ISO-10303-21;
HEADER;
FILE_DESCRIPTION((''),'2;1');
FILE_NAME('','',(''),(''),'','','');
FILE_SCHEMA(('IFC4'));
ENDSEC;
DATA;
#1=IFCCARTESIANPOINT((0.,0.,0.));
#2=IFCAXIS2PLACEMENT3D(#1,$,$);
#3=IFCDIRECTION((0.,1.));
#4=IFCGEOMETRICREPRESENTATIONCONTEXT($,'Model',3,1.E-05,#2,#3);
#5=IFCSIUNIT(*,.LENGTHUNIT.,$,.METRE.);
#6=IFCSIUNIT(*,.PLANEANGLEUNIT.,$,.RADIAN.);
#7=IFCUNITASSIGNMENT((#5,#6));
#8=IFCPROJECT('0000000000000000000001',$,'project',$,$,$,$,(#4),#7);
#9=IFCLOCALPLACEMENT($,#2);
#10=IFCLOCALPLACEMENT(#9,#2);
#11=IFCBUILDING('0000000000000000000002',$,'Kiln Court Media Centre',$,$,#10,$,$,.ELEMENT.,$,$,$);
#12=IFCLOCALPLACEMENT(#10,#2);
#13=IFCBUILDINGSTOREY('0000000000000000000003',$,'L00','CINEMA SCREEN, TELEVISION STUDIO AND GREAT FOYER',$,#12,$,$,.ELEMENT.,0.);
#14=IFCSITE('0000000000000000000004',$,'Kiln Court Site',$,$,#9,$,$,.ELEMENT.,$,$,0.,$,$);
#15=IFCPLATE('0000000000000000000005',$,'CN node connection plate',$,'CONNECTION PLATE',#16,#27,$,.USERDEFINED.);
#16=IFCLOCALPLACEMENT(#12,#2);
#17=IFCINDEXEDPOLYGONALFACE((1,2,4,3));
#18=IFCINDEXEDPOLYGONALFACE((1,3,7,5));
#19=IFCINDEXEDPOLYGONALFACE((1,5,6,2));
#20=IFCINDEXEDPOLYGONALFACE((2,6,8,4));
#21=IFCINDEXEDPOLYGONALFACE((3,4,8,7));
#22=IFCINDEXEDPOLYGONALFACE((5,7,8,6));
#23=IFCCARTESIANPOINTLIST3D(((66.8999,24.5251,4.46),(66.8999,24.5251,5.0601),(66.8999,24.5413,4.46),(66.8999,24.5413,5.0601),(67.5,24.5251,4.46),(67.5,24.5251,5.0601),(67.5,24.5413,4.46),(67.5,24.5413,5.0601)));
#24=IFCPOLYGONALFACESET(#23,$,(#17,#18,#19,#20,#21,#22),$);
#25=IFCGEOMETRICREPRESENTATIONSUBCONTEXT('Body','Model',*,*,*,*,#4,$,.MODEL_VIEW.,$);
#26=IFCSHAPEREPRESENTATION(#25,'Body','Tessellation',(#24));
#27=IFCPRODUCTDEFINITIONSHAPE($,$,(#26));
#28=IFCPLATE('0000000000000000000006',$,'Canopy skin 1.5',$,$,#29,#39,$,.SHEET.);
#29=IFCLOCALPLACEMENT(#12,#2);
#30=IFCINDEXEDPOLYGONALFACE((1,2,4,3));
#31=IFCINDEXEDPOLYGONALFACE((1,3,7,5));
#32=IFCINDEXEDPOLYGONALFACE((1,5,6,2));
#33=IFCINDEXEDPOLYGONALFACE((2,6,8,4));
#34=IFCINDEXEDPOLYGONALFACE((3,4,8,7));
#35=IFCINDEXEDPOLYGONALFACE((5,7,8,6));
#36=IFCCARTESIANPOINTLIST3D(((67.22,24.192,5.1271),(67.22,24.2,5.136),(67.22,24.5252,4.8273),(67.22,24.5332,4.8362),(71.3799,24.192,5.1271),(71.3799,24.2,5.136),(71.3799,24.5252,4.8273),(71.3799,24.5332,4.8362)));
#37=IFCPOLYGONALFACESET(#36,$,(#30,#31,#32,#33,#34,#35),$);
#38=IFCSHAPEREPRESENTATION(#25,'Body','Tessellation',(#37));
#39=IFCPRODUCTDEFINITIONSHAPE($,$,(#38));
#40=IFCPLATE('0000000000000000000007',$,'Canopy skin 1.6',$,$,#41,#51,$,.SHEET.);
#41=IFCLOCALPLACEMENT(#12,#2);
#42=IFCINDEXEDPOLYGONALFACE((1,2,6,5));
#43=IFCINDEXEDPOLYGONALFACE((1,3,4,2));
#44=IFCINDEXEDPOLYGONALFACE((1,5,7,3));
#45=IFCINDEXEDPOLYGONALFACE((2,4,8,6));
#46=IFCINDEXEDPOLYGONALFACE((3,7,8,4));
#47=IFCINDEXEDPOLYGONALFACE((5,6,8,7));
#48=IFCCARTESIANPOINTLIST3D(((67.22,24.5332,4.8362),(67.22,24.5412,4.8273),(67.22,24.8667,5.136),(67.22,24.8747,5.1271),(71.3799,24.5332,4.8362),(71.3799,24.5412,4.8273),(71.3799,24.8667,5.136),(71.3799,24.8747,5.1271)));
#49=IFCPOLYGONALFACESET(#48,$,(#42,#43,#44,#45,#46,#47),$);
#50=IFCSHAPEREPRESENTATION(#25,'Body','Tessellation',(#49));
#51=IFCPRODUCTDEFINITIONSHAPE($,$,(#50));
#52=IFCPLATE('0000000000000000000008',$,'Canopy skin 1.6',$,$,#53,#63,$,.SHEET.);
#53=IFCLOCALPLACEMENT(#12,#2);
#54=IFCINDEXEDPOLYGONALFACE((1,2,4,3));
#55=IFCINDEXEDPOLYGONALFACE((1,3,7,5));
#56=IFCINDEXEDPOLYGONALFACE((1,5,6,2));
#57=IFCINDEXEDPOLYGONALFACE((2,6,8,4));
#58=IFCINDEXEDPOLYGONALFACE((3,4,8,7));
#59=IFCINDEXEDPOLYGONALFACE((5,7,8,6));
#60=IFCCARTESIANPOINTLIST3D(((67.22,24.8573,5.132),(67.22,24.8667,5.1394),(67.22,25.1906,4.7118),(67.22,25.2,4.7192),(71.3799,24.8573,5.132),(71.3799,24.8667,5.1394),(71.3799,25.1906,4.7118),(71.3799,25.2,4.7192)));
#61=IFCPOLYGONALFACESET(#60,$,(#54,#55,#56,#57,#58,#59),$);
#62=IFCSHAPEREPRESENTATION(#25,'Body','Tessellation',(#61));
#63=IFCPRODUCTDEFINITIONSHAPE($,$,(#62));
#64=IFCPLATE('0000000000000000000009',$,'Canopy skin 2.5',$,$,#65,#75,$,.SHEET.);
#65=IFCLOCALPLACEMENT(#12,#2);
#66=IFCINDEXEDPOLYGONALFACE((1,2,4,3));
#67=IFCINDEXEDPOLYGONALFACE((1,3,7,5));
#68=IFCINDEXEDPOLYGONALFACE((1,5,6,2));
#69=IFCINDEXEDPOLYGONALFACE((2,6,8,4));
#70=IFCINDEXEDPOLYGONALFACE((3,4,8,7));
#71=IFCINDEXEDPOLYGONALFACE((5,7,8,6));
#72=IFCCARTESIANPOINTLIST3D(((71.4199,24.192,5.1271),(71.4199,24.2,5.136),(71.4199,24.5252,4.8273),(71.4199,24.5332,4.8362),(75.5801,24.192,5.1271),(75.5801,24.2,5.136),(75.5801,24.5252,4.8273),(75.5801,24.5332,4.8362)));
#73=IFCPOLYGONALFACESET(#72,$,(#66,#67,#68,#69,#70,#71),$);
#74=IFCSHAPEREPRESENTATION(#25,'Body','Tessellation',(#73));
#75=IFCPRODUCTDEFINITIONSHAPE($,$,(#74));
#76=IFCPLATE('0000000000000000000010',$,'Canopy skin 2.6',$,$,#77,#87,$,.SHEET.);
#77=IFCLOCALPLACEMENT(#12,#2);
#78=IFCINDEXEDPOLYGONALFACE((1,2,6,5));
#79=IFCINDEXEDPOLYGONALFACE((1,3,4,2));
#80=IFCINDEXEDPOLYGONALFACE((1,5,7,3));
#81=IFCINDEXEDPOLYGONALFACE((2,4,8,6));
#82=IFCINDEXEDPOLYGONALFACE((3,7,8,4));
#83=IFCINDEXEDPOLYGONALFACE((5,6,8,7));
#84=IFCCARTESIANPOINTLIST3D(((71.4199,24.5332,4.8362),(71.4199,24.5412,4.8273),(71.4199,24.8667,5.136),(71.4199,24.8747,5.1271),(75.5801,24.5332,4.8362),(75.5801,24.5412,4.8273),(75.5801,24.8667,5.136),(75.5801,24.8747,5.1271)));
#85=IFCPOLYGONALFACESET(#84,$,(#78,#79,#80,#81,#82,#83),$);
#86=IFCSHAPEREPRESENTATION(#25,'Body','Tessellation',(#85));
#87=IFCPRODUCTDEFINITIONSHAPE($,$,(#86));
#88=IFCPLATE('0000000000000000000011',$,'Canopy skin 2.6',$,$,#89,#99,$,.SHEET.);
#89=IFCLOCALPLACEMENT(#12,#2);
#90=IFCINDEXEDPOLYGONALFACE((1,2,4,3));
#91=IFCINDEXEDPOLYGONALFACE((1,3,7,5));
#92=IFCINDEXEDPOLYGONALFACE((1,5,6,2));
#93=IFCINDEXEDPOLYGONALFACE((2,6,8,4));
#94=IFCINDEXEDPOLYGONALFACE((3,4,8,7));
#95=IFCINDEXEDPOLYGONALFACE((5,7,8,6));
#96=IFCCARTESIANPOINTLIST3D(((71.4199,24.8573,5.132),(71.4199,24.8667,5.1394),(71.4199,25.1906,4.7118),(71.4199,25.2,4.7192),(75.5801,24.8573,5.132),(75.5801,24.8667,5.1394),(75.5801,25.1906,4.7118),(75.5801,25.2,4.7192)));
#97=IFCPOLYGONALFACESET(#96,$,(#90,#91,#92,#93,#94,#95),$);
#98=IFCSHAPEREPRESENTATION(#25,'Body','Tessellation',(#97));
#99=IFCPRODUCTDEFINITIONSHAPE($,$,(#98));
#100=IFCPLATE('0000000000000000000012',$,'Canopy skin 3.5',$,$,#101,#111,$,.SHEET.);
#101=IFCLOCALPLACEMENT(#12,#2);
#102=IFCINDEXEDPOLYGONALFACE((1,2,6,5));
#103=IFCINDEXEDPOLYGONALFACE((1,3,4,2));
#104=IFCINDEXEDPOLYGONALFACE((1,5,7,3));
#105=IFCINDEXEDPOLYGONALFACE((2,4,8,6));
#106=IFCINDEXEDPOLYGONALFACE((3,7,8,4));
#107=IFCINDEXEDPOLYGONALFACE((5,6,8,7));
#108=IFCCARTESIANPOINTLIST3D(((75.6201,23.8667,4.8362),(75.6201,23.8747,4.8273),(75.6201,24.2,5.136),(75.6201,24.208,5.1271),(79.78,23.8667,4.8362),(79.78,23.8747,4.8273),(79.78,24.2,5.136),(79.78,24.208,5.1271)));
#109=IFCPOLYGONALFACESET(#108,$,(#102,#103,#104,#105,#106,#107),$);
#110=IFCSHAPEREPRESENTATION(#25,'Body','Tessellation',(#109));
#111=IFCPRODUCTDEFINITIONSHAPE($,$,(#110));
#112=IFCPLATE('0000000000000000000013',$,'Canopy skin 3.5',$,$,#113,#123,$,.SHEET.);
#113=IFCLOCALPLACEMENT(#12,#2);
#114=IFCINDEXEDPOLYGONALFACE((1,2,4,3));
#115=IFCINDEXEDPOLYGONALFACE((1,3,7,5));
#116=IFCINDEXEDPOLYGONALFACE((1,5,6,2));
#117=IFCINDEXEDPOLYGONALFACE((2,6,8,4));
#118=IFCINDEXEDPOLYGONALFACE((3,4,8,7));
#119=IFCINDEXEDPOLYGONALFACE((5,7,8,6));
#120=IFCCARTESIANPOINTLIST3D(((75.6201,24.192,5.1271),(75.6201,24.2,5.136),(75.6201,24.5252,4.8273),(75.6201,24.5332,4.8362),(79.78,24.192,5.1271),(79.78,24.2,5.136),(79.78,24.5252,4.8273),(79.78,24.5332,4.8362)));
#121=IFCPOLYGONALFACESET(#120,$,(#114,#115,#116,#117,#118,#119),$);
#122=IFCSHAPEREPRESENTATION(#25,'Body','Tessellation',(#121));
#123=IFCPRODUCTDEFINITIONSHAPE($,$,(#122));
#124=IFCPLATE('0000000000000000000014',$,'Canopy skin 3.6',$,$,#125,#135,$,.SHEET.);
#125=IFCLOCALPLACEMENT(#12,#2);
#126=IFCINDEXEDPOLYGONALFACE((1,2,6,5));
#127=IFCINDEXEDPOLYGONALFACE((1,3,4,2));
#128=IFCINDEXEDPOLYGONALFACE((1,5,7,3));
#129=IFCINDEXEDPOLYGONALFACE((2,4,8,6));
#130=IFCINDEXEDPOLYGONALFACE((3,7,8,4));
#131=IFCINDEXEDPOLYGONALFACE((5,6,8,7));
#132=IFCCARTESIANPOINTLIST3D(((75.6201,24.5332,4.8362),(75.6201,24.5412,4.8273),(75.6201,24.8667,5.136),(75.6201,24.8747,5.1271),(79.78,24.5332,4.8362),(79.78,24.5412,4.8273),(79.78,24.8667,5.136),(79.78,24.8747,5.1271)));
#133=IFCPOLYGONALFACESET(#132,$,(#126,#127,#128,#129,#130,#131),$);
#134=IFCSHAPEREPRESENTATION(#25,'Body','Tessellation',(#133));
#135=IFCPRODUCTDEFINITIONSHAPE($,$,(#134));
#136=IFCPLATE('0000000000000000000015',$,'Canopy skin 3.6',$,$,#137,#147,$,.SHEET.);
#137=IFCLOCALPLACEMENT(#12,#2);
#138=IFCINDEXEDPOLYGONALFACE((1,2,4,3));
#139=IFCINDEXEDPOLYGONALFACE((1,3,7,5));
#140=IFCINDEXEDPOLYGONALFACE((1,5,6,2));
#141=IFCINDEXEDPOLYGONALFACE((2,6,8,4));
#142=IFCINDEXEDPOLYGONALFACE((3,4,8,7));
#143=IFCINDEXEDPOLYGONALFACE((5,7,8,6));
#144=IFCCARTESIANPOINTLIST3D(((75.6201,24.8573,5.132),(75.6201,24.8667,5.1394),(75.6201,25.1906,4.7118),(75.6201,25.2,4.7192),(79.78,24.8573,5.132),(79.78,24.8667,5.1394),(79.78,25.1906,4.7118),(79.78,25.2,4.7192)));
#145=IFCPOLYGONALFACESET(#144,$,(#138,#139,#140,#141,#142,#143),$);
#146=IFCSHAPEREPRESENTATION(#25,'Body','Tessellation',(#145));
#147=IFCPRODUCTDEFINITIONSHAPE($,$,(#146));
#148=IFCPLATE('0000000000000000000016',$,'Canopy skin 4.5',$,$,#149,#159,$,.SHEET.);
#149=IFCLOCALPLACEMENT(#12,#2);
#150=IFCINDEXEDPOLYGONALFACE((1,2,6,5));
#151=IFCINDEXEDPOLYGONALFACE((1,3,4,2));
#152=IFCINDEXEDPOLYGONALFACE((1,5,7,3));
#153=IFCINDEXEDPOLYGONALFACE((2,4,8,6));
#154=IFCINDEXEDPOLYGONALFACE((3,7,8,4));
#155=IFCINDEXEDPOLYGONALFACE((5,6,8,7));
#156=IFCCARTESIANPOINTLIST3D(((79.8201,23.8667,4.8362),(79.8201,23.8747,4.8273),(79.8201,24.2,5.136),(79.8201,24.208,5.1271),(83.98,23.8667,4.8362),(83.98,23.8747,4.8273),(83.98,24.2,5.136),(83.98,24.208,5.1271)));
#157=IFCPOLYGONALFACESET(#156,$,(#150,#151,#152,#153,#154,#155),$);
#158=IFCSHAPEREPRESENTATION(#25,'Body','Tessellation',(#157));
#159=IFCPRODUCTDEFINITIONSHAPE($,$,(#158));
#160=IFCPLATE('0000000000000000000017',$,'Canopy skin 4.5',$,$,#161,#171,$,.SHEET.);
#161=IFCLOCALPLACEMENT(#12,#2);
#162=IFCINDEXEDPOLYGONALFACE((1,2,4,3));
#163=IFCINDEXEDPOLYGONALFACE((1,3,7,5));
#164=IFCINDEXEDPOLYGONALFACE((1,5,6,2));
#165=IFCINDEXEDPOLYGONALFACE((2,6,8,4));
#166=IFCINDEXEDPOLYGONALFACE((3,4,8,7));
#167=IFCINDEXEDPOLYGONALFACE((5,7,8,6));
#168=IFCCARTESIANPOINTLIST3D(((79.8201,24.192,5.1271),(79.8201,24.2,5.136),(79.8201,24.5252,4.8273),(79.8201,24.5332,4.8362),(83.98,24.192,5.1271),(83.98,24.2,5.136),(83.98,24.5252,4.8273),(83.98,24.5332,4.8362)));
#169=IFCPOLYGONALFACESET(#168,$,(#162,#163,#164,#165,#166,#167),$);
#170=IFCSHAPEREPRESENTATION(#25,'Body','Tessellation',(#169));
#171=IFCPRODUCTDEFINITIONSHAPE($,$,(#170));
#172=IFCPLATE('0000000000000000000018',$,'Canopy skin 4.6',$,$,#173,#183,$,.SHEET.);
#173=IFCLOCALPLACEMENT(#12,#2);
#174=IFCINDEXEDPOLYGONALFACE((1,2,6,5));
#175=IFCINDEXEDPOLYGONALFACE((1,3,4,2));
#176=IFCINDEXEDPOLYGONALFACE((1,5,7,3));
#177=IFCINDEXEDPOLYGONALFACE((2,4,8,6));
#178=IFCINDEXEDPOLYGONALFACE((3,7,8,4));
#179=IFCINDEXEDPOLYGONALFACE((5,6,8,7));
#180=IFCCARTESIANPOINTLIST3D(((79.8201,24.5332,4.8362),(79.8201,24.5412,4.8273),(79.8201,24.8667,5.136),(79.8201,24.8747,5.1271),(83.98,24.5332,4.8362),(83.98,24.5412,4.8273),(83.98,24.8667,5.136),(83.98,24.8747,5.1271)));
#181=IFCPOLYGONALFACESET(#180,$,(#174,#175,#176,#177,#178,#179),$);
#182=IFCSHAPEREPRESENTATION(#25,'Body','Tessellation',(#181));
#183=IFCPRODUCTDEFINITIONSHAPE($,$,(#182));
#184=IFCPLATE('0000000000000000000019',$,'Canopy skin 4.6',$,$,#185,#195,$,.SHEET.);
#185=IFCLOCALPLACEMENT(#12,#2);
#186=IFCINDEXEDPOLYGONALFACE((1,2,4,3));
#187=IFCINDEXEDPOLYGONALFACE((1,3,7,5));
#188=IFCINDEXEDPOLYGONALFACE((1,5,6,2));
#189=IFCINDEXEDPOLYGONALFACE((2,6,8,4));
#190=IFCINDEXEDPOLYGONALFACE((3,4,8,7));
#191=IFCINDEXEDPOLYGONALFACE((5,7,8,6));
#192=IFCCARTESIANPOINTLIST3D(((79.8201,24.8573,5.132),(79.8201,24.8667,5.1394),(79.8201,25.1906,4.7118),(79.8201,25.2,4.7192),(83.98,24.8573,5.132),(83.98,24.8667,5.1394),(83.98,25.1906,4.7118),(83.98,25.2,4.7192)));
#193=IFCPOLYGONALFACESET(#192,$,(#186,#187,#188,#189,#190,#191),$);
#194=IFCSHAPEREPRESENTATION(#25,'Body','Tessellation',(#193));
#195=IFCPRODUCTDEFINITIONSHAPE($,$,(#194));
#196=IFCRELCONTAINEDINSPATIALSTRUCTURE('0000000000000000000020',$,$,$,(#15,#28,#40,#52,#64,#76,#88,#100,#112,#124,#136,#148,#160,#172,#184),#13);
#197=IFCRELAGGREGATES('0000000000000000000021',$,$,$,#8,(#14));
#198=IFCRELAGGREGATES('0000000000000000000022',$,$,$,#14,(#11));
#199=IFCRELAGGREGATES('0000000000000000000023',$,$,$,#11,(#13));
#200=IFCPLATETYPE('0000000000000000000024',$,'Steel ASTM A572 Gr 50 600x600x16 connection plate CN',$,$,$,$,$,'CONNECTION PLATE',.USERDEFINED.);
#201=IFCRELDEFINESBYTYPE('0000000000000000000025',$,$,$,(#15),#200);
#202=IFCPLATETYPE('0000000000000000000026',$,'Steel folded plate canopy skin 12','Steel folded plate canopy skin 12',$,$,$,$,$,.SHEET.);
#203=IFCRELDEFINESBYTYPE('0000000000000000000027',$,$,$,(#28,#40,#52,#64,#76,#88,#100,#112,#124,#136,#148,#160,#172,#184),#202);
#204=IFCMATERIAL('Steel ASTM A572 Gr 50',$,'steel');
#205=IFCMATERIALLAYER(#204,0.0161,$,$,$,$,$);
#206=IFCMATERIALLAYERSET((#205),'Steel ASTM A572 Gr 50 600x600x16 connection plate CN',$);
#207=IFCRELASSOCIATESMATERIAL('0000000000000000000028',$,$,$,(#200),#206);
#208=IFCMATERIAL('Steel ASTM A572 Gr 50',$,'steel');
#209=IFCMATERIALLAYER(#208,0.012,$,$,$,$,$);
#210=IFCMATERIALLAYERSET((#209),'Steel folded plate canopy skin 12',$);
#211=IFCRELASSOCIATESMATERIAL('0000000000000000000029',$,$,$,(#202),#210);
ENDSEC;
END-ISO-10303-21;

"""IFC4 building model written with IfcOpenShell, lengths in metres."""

from ifc_helpers import new_model, si_unit, direction, frame, origin, origin_2d, place, context, subcontext, project, spatial, polyline, rectangle, outline, extrude, material, layer, layer_set, type_object, element, save


model = new_model("IFC4")

# Units and contexts
model_context = context("Model", 3, precision=1e-05, world=origin(), true_north=direction((0.0, 1.0)))
body_context = subcontext(model_context, "Body", "Model", "MODEL_VIEW")
ifc_project = project(units=[si_unit("LENGTHUNIT", "METRE"), si_unit("PLANEANGLEUNIT", "RADIAN")], contexts=[model_context])

# Site, building, storey
site_placement = place(None, origin())
site = spatial("IfcSite", under=ifc_project, at=site_placement, Name="Kiln Court Site", CompositionType="ELEMENT", RefElevation=0.0)
building_placement = place(site_placement, origin())
building = spatial("IfcBuilding", under=site, at=building_placement, Name="Kiln Court Media Centre", CompositionType="ELEMENT")
storey_placement = place(building_placement, origin())
storey = spatial("IfcBuildingStorey", under=building, at=storey_placement, Name="L00", Description="CINEMA SCREEN, TELEVISION STUDIO AND GREAT FOYER", CompositionType="ELEMENT", Elevation=0.0)

# Plates
ifc_material_1 = material(Name="Steel ASTM A572 Gr 50", Category="steel")
ifc_layer_1 = layer(ifc_material_1, 0.0161)
ifc_layer_set_1 = layer_set([ifc_layer_1], Name="Steel ASTM A572 Gr 50 600x600x16 connection plate CN")
plate_type_1 = type_object("IfcPlateType", Name="Steel ASTM A572 Gr 50 600x600x16 connection plate CN", ElementType="CONNECTION PLATE", PredefinedType="USERDEFINED", material=ifc_layer_set_1)
plate_1_placement = place(storey_placement, frame((67.2, 24.5332, 4.46), z_axis=(0.0, 0.0, 1.0), x_axis=(1.0, 0.0, 0.0)))
element("IfcPlate", 1, at=plate_1_placement, inside=storey, type_object=plate_type_1, Name="CN node connection plate", ObjectType="CONNECTION PLATE", PredefinedType="USERDEFINED", context=body_context, shape_type="SweptSolid", body=[
    extrude(rectangle(XDim=0.6001, YDim=0.0161, at=origin_2d()), origin(), (0.0, 0.0, 1.0), 0.6001),
])
ifc_material_2 = material(Name="Steel ASTM A572 Gr 50", Category="steel")
ifc_layer_2 = layer(ifc_material_2, 0.012)
ifc_layer_set_2 = layer_set([ifc_layer_2], Name="Steel folded plate canopy skin 12")
plate_type_2 = type_object("IfcPlateType", Name="Steel folded plate canopy skin 12", Description="Steel folded plate canopy skin 12", PredefinedType="SHEET", material=ifc_layer_set_2)
plate_2_placement = place(storey_placement, frame((67.22, 24.2, 5.136), z_axis=(0.0, 0.668814, 0.74343), x_axis=(1.0, 0.0, 0.0)))
element("IfcPlate", 2, at=plate_2_placement, inside=storey, type_object=plate_type_2, Name="Canopy skin 1.5", PredefinedType="SHEET", context=body_context, shape_type="SweptSolid", body=[
    extrude(outline(polyline([(0.0, 0.0), (4.1599, 0.0), (4.1599, 0.4483), (0.0, 0.4483), (0.0, 0.0)])), origin(), (0.0, 0.0, -1.0), 0.012),
])
plate_3_placement = place(storey_placement, frame((67.22, 24.5332, 4.8362), z_axis=(0.0, -0.668544, 0.743673), x_axis=(1.0, 0.0, 0.0)))
element("IfcPlate", 3, at=plate_3_placement, inside=storey, type_object=plate_type_2, Name="Canopy skin 1.6", PredefinedType="SHEET", context=body_context, shape_type="SweptSolid", body=[
    extrude(outline(polyline([(0.0, 0.0), (4.1599, 0.0), (4.1599, 0.4484), (0.0, 0.4484), (0.0, 0.0)])), origin(), (0.0, 0.0, -1.0), 0.012),
])
plate_4_placement = place(storey_placement, frame((67.22, 24.8667, 5.1394), z_axis=(0.0, 0.783482, 0.621414), x_axis=(1.0, 0.0, 0.0)))
element("IfcPlate", 4, at=plate_4_placement, inside=storey, type_object=plate_type_2, Name="Canopy skin 1.6", PredefinedType="SHEET", context=body_context, shape_type="SweptSolid", body=[
    extrude(outline(polyline([(0.0, 0.0), (4.1599, 0.0), (4.1599, 0.5363), (0.0, 0.5363), (0.0, 0.0)])), origin(), (0.0, 0.0, -1.0), 0.012),
])
plate_5_placement = place(storey_placement, frame((71.4199, 24.2, 5.136), z_axis=(0.0, 0.668814, 0.74343), x_axis=(1.0, 0.0, 0.0)))
element("IfcPlate", 5, at=plate_5_placement, inside=storey, type_object=plate_type_2, Name="Canopy skin 2.5", PredefinedType="SHEET", context=body_context, shape_type="SweptSolid", body=[
    extrude(outline(polyline([(0.0, 0.0), (4.1602, 0.0), (4.1602, 0.4483), (0.0, 0.4483), (0.0, 0.0)])), origin(), (0.0, 0.0, -1.0), 0.012),
])
plate_6_placement = place(storey_placement, frame((71.4199, 24.5332, 4.8362), z_axis=(0.0, -0.668544, 0.743673), x_axis=(1.0, 0.0, 0.0)))
element("IfcPlate", 6, at=plate_6_placement, inside=storey, type_object=plate_type_2, Name="Canopy skin 2.6", PredefinedType="SHEET", context=body_context, shape_type="SweptSolid", body=[
    extrude(outline(polyline([(0.0, 0.0), (4.1602, 0.0), (4.1602, 0.4484), (0.0, 0.4484), (0.0, 0.0)])), origin(), (0.0, 0.0, -1.0), 0.012),
])
plate_7_placement = place(storey_placement, frame((71.4199, 24.8667, 5.1394), z_axis=(0.0, 0.783482, 0.621414), x_axis=(1.0, 0.0, 0.0)))
element("IfcPlate", 7, at=plate_7_placement, inside=storey, type_object=plate_type_2, Name="Canopy skin 2.6", PredefinedType="SHEET", context=body_context, shape_type="SweptSolid", body=[
    extrude(outline(polyline([(0.0, 0.0), (4.1602, 0.0), (4.1602, 0.5363), (0.0, 0.5363), (0.0, 0.0)])), origin(), (0.0, 0.0, -1.0), 0.012),
])
for number, where, z_axis, x_axis, name in (
    (8, (75.6201, 23.8667, 4.8362), (0.0, -0.668814, 0.74343), (1.0, 0.0, 0.0), "Canopy skin 3.5"),
    (9, (75.6201, 24.2, 5.136), (0.0, 0.668814, 0.74343), (1.0, 0.0, 0.0), "Canopy skin 3.5"),
):
    element("IfcPlate", number, at=place(storey_placement, frame(where, z_axis=z_axis, x_axis=x_axis)), inside=storey, type_object=plate_type_2, Name=name, PredefinedType="SHEET", context=body_context, shape_type="SweptSolid", body=[
        extrude(outline(polyline([(0.0, 0.0), (4.1599, 0.0), (4.1599, 0.4483), (0.0, 0.4483), (0.0, 0.0)])), origin(), (0.0, 0.0, -1.0), 0.012),
    ])
plate_8_placement = place(storey_placement, frame((75.6201, 24.5332, 4.8362), z_axis=(0.0, -0.668544, 0.743673), x_axis=(1.0, 0.0, 0.0)))
element("IfcPlate", 10, at=plate_8_placement, inside=storey, type_object=plate_type_2, Name="Canopy skin 3.6", PredefinedType="SHEET", context=body_context, shape_type="SweptSolid", body=[
    extrude(outline(polyline([(0.0, 0.0), (4.1599, 0.0), (4.1599, 0.4484), (0.0, 0.4484), (0.0, 0.0)])), origin(), (0.0, 0.0, -1.0), 0.012),
])
plate_9_placement = place(storey_placement, frame((75.6201, 24.8667, 5.1394), z_axis=(0.0, 0.783482, 0.621414), x_axis=(1.0, 0.0, 0.0)))
element("IfcPlate", 11, at=plate_9_placement, inside=storey, type_object=plate_type_2, Name="Canopy skin 3.6", PredefinedType="SHEET", context=body_context, shape_type="SweptSolid", body=[
    extrude(outline(polyline([(0.0, 0.0), (4.1599, 0.0), (4.1599, 0.5363), (0.0, 0.5363), (0.0, 0.0)])), origin(), (0.0, 0.0, -1.0), 0.012),
])
for number, where, z_axis, x_axis, name in (
    (12, (79.8201, 23.8667, 4.8362), (0.0, -0.668814, 0.74343), (1.0, 0.0, 0.0), "Canopy skin 4.5"),
    (13, (79.8201, 24.2, 5.136), (0.0, 0.668814, 0.74343), (1.0, 0.0, 0.0), "Canopy skin 4.5"),
):
    element("IfcPlate", number, at=place(storey_placement, frame(where, z_axis=z_axis, x_axis=x_axis)), inside=storey, type_object=plate_type_2, Name=name, PredefinedType="SHEET", context=body_context, shape_type="SweptSolid", body=[
        extrude(outline(polyline([(0.0, 0.0), (4.1599, 0.0), (4.1599, 0.4483), (0.0, 0.4483), (0.0, 0.0)])), origin(), (0.0, 0.0, -1.0), 0.012),
    ])
plate_10_placement = place(storey_placement, frame((79.8201, 24.5332, 4.8362), z_axis=(0.0, -0.668544, 0.743673), x_axis=(1.0, 0.0, 0.0)))
element("IfcPlate", 14, at=plate_10_placement, inside=storey, type_object=plate_type_2, Name="Canopy skin 4.6", PredefinedType="SHEET", context=body_context, shape_type="SweptSolid", body=[
    extrude(outline(polyline([(0.0, 0.0), (4.1599, 0.0), (4.1599, 0.4484), (0.0, 0.4484), (0.0, 0.0)])), origin(), (0.0, 0.0, -1.0), 0.012),
])
plate_11_placement = place(storey_placement, frame((79.8201, 24.8667, 5.1394), z_axis=(0.0, 0.783482, 0.621414), x_axis=(1.0, 0.0, 0.0)))
element("IfcPlate", 15, at=plate_11_placement, inside=storey, type_object=plate_type_2, Name="Canopy skin 4.6", PredefinedType="SHEET", context=body_context, shape_type="SweptSolid", body=[
    extrude(outline(polyline([(0.0, 0.0), (4.1599, 0.0), (4.1599, 0.5363), (0.0, 0.5363), (0.0, 0.0)])), origin(), (0.0, 0.0, -1.0), 0.012),
])

save(model, "model.ifc")
